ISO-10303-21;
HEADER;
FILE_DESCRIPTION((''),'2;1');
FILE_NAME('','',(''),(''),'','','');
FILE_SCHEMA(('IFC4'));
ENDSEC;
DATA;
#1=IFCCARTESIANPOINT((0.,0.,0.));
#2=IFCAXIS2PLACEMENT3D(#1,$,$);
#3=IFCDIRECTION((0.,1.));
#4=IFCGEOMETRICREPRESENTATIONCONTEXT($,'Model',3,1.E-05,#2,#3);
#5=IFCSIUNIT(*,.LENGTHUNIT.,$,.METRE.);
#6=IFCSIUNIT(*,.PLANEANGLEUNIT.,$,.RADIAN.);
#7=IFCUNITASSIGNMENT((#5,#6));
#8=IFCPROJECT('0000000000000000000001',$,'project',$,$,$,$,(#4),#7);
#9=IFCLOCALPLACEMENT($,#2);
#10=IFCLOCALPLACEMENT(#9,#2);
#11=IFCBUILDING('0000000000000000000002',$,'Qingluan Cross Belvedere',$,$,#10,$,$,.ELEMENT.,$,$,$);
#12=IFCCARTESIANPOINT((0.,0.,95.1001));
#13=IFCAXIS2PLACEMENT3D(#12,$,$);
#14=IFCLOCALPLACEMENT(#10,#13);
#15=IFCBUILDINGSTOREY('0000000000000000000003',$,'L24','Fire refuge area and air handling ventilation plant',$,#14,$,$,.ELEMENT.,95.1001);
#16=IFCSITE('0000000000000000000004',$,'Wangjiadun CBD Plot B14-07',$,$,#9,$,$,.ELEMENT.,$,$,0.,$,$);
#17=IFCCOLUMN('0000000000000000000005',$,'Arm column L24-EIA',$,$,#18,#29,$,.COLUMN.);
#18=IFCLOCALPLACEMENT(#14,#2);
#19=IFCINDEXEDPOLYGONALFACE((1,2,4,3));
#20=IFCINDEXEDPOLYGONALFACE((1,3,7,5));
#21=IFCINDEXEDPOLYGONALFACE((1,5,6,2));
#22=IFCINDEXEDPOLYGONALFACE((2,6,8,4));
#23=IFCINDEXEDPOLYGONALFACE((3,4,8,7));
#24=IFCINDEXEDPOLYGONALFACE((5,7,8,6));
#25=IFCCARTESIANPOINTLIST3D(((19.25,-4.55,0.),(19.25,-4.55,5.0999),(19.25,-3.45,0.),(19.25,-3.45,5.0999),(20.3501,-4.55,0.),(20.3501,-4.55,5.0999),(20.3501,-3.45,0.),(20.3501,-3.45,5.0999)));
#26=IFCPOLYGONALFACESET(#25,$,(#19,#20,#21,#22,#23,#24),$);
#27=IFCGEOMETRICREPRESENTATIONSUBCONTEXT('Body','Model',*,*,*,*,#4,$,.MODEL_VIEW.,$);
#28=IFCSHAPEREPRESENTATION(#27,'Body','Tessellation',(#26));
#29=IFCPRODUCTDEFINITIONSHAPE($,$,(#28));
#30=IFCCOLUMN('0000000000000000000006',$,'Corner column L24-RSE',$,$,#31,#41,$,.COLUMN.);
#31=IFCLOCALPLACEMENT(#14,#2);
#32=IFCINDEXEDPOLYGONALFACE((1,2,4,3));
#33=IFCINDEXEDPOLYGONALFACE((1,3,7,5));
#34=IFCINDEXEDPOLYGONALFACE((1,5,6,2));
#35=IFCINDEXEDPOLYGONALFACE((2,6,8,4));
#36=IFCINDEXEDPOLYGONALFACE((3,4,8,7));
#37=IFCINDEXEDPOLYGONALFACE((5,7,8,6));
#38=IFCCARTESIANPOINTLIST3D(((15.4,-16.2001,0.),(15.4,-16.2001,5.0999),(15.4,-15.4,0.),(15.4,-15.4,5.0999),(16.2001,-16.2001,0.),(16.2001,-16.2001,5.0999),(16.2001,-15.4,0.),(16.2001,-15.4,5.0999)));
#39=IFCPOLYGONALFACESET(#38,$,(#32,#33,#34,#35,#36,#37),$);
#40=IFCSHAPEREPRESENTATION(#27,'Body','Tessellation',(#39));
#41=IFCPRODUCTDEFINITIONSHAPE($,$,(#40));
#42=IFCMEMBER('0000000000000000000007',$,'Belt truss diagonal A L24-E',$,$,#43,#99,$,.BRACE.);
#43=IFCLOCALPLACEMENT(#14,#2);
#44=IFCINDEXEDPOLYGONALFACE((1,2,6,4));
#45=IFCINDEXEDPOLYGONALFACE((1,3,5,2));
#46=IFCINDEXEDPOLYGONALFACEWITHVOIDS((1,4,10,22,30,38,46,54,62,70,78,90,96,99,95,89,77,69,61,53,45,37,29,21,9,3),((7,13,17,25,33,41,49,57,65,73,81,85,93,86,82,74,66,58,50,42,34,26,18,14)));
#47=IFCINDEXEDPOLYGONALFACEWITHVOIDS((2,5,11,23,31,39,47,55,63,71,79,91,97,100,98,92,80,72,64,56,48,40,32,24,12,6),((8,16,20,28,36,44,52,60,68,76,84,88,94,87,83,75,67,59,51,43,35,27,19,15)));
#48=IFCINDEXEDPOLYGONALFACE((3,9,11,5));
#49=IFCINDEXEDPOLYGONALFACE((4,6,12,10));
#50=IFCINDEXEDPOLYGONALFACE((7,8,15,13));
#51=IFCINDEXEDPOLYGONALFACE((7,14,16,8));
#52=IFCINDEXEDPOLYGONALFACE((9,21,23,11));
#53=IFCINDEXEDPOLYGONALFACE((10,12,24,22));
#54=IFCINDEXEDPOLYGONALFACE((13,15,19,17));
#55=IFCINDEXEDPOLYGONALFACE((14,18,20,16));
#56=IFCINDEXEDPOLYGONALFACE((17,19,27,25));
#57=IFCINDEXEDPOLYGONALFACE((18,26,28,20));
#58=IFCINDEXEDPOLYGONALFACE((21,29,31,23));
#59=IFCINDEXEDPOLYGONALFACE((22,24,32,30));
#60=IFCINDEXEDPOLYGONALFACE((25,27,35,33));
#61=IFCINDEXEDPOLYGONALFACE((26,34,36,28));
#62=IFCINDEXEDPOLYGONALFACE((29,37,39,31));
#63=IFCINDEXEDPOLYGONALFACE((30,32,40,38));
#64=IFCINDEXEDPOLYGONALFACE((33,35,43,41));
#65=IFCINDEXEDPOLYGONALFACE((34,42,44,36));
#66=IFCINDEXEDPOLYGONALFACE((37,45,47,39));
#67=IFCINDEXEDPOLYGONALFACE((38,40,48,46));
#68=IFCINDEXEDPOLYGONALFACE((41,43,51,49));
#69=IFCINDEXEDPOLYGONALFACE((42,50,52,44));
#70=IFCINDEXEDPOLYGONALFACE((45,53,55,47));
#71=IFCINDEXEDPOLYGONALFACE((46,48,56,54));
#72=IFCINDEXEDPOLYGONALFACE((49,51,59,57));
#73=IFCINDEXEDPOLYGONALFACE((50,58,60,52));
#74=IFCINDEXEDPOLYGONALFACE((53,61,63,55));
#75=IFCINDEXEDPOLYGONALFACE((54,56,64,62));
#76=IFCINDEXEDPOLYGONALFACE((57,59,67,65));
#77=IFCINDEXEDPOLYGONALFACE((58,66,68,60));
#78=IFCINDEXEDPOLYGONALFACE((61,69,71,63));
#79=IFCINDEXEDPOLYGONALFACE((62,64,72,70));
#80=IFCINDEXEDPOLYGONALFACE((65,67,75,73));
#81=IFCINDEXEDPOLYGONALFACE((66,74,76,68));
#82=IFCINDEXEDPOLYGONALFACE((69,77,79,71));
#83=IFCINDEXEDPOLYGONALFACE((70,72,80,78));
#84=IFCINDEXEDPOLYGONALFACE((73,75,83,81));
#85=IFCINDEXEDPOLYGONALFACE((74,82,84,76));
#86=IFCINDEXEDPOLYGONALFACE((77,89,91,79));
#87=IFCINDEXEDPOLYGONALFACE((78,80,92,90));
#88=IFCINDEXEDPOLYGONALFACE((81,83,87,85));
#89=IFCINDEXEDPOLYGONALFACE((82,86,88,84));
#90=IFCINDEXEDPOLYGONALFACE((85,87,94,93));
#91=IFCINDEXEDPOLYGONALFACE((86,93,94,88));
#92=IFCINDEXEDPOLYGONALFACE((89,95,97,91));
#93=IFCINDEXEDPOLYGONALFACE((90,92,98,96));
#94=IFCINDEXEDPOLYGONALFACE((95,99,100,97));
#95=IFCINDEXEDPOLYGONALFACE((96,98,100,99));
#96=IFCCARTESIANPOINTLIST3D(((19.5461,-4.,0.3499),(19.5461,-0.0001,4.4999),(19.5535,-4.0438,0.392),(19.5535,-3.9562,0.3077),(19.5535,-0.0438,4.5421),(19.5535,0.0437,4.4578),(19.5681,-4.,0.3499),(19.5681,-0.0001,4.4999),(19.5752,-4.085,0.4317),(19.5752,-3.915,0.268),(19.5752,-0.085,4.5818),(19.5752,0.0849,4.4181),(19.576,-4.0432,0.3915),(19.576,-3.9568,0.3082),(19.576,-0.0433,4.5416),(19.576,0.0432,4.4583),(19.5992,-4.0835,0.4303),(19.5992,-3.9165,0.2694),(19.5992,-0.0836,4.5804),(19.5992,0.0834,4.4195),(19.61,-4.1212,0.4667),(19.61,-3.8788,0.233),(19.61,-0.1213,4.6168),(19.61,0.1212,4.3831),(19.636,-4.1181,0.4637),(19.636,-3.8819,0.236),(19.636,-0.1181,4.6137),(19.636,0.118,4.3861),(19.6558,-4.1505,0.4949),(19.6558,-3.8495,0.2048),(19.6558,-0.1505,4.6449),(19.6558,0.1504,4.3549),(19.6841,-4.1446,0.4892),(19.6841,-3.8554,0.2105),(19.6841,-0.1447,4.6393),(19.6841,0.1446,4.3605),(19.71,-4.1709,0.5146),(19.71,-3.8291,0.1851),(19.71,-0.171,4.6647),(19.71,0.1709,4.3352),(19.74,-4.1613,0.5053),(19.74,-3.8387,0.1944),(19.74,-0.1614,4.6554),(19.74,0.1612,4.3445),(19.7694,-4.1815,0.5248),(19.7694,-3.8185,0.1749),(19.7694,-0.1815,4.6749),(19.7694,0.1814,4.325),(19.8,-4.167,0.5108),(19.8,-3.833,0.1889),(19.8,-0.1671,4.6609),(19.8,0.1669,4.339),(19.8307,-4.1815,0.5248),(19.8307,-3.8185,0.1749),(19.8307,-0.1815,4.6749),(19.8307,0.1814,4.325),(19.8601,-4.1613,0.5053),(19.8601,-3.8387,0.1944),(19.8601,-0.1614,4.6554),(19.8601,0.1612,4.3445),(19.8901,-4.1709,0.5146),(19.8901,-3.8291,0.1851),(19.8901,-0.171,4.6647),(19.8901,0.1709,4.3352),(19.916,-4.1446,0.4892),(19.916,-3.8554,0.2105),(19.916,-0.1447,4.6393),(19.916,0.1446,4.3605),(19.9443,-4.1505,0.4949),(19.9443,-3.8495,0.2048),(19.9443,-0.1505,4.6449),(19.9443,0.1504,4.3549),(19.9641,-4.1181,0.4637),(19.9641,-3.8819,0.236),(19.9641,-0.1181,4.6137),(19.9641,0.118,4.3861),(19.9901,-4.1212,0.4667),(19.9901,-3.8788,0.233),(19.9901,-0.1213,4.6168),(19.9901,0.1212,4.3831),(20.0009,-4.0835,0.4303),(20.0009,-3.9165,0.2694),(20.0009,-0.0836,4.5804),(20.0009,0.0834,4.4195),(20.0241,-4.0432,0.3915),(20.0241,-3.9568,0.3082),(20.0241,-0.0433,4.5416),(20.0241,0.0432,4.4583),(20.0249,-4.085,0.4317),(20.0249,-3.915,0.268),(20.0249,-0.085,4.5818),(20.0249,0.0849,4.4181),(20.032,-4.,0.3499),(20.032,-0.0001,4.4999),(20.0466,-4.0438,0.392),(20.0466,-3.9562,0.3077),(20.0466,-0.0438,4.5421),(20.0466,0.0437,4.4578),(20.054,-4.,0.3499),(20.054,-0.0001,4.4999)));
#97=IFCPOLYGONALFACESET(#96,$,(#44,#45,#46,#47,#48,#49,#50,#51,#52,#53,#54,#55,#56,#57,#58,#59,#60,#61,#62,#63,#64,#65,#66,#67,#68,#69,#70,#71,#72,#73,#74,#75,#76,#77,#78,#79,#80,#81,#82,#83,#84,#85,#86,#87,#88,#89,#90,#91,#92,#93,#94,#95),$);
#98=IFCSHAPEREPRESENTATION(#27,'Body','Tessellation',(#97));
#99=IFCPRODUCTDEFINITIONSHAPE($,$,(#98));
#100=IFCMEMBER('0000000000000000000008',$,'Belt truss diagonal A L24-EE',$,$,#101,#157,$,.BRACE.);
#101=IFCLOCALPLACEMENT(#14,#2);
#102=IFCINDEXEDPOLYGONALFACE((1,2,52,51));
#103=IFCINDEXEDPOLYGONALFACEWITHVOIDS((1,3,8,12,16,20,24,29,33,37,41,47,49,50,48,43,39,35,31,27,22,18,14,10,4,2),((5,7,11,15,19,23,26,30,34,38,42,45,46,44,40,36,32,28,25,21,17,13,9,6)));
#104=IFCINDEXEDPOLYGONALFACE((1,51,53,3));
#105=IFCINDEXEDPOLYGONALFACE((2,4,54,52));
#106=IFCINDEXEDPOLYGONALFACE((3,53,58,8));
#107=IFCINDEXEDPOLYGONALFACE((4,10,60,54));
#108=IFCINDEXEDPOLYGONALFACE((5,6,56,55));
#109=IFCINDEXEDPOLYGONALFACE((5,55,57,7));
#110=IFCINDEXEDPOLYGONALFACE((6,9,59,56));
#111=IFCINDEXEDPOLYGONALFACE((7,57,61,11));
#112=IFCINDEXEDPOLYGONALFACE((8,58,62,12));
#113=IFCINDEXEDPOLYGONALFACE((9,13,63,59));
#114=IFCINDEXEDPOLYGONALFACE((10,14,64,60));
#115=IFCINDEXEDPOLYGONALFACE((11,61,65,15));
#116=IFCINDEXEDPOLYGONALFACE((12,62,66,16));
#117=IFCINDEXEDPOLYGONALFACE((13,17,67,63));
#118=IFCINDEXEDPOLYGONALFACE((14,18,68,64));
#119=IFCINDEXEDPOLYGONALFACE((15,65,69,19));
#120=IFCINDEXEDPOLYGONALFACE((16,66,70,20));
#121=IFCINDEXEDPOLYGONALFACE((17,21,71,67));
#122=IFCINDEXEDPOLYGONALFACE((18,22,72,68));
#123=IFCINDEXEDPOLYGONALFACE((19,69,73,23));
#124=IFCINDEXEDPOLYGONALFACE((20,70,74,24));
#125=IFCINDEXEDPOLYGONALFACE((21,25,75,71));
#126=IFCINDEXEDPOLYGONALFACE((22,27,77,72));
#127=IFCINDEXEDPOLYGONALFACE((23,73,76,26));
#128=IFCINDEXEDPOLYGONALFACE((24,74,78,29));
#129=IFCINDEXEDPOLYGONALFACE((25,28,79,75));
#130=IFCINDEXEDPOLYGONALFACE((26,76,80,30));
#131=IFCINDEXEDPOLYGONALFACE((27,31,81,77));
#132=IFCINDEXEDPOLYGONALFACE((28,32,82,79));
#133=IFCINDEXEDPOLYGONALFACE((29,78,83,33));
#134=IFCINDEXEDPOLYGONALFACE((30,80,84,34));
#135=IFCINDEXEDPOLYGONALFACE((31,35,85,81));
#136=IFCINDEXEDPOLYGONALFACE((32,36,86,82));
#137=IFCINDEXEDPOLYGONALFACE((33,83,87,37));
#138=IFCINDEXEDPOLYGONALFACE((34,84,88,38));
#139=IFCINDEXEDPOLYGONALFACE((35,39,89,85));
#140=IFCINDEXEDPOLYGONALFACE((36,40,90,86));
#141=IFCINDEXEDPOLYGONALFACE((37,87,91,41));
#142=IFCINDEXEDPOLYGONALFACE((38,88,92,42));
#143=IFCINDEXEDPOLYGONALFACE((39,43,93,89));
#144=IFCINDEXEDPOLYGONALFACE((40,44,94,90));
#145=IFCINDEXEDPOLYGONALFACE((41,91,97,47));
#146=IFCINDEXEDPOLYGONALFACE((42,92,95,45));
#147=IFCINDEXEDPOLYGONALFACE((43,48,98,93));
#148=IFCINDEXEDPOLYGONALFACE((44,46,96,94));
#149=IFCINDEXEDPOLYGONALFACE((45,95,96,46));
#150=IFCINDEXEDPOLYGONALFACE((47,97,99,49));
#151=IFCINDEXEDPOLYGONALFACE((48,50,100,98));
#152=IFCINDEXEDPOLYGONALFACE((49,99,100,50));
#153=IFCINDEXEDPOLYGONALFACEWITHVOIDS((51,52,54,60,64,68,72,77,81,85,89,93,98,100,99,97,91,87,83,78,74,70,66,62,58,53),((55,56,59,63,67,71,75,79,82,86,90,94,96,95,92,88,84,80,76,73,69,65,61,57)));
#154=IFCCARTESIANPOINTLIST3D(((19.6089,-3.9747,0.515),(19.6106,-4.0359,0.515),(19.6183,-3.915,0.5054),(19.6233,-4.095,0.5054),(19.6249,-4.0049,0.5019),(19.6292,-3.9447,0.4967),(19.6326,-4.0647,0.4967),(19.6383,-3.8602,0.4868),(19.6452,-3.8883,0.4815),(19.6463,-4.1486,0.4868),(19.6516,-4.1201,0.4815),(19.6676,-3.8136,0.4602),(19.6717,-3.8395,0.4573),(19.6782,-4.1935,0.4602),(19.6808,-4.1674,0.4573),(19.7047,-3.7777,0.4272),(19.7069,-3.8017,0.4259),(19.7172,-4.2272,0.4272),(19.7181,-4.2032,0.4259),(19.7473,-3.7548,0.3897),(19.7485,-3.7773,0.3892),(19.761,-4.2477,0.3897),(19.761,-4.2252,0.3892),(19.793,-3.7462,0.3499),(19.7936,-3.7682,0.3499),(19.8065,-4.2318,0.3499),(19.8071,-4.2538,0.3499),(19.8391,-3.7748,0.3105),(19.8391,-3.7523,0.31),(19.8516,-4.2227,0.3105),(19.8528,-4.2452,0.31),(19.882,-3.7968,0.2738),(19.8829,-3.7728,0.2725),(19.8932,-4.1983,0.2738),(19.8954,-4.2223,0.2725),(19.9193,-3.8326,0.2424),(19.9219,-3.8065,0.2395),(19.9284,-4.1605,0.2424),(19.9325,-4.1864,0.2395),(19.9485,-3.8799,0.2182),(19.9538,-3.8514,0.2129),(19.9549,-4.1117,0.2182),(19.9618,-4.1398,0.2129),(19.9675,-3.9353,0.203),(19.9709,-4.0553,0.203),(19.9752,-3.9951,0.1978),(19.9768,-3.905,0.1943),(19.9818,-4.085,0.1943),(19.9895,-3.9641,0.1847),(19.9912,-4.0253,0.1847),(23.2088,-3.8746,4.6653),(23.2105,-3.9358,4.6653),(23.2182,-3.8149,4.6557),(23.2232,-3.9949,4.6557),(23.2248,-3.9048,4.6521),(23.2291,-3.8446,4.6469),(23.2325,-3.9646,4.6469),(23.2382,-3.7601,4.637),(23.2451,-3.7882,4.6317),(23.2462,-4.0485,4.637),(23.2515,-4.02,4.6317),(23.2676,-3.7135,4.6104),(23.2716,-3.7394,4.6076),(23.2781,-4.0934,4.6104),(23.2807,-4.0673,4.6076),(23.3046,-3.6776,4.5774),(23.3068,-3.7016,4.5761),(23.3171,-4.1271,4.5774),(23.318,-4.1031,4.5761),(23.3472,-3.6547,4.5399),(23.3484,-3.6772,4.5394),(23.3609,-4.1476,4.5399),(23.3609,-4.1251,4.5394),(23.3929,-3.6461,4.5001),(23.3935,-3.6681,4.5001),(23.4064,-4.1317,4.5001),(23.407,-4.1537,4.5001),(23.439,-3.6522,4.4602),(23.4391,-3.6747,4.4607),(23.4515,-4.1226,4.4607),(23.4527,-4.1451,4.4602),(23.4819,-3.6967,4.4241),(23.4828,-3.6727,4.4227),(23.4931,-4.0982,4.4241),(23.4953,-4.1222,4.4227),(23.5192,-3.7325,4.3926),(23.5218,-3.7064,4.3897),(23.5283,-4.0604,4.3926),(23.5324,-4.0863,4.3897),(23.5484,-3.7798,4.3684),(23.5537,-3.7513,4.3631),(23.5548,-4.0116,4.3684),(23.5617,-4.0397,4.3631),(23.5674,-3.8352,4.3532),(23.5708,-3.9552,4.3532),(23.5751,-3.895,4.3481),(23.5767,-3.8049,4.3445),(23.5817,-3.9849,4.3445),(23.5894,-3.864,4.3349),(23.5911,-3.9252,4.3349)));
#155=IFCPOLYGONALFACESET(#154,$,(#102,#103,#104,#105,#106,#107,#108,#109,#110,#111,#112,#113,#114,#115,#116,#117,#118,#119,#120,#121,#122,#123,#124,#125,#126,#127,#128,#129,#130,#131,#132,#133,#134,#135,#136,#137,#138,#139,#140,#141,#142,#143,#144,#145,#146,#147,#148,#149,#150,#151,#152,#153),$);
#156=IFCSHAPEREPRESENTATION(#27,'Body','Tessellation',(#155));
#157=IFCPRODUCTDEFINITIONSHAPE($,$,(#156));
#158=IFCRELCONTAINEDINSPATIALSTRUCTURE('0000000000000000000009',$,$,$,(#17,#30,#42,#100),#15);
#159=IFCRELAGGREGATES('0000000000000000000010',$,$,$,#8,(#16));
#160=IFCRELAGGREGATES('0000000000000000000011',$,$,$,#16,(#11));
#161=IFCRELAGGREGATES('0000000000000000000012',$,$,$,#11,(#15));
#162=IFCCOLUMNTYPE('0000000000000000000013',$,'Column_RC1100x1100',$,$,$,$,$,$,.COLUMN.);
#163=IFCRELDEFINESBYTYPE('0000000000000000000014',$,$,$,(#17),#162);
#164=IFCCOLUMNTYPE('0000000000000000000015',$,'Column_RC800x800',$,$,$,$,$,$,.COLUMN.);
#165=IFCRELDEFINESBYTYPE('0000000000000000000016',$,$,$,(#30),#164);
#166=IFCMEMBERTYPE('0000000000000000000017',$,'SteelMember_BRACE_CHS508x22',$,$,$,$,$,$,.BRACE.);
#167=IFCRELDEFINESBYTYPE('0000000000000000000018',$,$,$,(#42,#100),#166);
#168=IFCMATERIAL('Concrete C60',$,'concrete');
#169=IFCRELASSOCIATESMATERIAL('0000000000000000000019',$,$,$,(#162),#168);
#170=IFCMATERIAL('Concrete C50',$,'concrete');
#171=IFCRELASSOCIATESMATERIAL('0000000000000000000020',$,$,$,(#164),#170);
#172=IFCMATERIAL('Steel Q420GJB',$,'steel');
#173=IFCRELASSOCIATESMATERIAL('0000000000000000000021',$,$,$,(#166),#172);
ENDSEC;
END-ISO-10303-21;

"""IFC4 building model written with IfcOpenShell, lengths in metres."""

from ifc_helpers import new_model, si_unit, direction, frame, origin, origin_2d, place, context, subcontext, project, spatial, rectangle, hollow_circle, extrude, material, material_profile, profile_set, type_object, element, save


model = new_model("IFC4")

# Units and contexts
model_context = context("Model", 3, precision=1e-05, world=origin(), true_north=direction((0.0, 1.0)))
body_context = subcontext(model_context, "Body", "Model", "MODEL_VIEW")
ifc_project = project(units=[si_unit("LENGTHUNIT", "METRE"), si_unit("PLANEANGLEUNIT", "RADIAN")], contexts=[model_context])

# Site, building, storey
site_placement = place(None, origin())
site = spatial("IfcSite", under=ifc_project, at=site_placement, Name="Wangjiadun CBD Plot B14-07", CompositionType="ELEMENT", RefElevation=0.0)
building_placement = place(site_placement, origin())
building = spatial("IfcBuilding", under=site, at=building_placement, Name="Qingluan Cross Belvedere", CompositionType="ELEMENT")
storey_placement = place(building_placement, frame((0.0, 0.0, 95.1001)))
storey = spatial("IfcBuildingStorey", under=building, at=storey_placement, Name="L24", Description="Fire refuge area and air handling ventilation plant", CompositionType="ELEMENT", Elevation=95.1001)

# Columns
ifc_material_1 = material(Name="Concrete C60", Category="concrete")
ifc_material_profile_1 = material_profile(ifc_material_1, rectangle(XDim=1.1001, YDim=1.1001, at=origin_2d()), Name="RC1100x1100")
ifc_profile_set_1 = profile_set([ifc_material_profile_1], Name="Concrete C60")
column_type_1 = type_object("IfcColumnType", Name="Column_RC1100x1100", PredefinedType="COLUMN", material=ifc_profile_set_1)
column_1_placement = place(storey_placement, frame((19.8, -4.0, 0.0), z_axis=(0.0, 0.0, 1.0), x_axis=(1.0, 0.0, 0.0)))
element("IfcColumn", 1, at=column_1_placement, inside=storey, type_object=column_type_1, Name="Arm column L24-EIA", PredefinedType="COLUMN", context=body_context, shape_type="SweptSolid", body=[
    extrude(rectangle(XDim=1.1001, YDim=1.1001, at=origin_2d()), origin(), (0.0, 0.0, 1.0), 5.0999),
])
ifc_material_2 = material(Name="Concrete C50", Category="concrete")
ifc_material_profile_2 = material_profile(ifc_material_2, rectangle(XDim=0.8, YDim=0.8, at=origin_2d()), Name="RC800x800")
ifc_profile_set_2 = profile_set([ifc_material_profile_2], Name="Concrete C50")
column_type_2 = type_object("IfcColumnType", Name="Column_RC800x800", PredefinedType="COLUMN", material=ifc_profile_set_2)
column_2_placement = place(storey_placement, frame((15.8, -15.8, 0.0), z_axis=(0.0, 0.0, 1.0), x_axis=(1.0, 0.0, 0.0)))
element("IfcColumn", 2, at=column_2_placement, inside=storey, type_object=column_type_2, Name="Corner column L24-RSE", PredefinedType="COLUMN", context=body_context, shape_type="SweptSolid", body=[
    extrude(rectangle(XDim=0.8, YDim=0.8, at=origin_2d()), origin(), (0.0, 0.0, 1.0), 5.0999),
])

# Members
ifc_material_3 = material(Name="Steel Q420GJB", Category="steel")
ifc_material_profile_3 = material_profile(ifc_material_3, hollow_circle(Radius=0.2539, WallThickness=0.022, at=origin_2d()), Name="CHS508x22")
ifc_profile_set_3 = profile_set([ifc_material_profile_3], Name="Steel Q420GJB")
member_type_1 = type_object("IfcMemberType", Name="SteelMember_BRACE_CHS508x22", PredefinedType="BRACE", material=ifc_profile_set_3)
member_1_placement = place(storey_placement, frame((19.8, -4.0, 0.3499), z_axis=(0.0, 0.693962, 0.720011), x_axis=(-1.0, 0.0, 0.0)))
element("IfcMember", 3, at=member_1_placement, inside=storey, type_object=member_type_1, Name="Belt truss diagonal A L24-E", PredefinedType="BRACE", context=body_context, shape_type="SweptSolid", body=[
    extrude(hollow_circle(Radius=0.2539, WallThickness=0.022, at=origin_2d()), origin(), (0.0, 0.0, 1.0), 5.7639),
])
member_2_placement = place(storey_placement, frame((19.8, -4.0, 0.3499), z_axis=(0.65514, 0.018217, 0.755288), x_axis=(-0.027795, 0.999614, 0.0)))
element("IfcMember", 4, at=member_2_placement, inside=storey, type_object=member_type_1, Name="Belt truss diagonal A L24-EE", PredefinedType="BRACE", context=body_context, shape_type="SweptSolid", body=[
    extrude(hollow_circle(Radius=0.2539, WallThickness=0.022, at=origin_2d()), origin(), (0.0, 0.0, 1.0), 5.4949),
])

save(model, "model.ifc")
